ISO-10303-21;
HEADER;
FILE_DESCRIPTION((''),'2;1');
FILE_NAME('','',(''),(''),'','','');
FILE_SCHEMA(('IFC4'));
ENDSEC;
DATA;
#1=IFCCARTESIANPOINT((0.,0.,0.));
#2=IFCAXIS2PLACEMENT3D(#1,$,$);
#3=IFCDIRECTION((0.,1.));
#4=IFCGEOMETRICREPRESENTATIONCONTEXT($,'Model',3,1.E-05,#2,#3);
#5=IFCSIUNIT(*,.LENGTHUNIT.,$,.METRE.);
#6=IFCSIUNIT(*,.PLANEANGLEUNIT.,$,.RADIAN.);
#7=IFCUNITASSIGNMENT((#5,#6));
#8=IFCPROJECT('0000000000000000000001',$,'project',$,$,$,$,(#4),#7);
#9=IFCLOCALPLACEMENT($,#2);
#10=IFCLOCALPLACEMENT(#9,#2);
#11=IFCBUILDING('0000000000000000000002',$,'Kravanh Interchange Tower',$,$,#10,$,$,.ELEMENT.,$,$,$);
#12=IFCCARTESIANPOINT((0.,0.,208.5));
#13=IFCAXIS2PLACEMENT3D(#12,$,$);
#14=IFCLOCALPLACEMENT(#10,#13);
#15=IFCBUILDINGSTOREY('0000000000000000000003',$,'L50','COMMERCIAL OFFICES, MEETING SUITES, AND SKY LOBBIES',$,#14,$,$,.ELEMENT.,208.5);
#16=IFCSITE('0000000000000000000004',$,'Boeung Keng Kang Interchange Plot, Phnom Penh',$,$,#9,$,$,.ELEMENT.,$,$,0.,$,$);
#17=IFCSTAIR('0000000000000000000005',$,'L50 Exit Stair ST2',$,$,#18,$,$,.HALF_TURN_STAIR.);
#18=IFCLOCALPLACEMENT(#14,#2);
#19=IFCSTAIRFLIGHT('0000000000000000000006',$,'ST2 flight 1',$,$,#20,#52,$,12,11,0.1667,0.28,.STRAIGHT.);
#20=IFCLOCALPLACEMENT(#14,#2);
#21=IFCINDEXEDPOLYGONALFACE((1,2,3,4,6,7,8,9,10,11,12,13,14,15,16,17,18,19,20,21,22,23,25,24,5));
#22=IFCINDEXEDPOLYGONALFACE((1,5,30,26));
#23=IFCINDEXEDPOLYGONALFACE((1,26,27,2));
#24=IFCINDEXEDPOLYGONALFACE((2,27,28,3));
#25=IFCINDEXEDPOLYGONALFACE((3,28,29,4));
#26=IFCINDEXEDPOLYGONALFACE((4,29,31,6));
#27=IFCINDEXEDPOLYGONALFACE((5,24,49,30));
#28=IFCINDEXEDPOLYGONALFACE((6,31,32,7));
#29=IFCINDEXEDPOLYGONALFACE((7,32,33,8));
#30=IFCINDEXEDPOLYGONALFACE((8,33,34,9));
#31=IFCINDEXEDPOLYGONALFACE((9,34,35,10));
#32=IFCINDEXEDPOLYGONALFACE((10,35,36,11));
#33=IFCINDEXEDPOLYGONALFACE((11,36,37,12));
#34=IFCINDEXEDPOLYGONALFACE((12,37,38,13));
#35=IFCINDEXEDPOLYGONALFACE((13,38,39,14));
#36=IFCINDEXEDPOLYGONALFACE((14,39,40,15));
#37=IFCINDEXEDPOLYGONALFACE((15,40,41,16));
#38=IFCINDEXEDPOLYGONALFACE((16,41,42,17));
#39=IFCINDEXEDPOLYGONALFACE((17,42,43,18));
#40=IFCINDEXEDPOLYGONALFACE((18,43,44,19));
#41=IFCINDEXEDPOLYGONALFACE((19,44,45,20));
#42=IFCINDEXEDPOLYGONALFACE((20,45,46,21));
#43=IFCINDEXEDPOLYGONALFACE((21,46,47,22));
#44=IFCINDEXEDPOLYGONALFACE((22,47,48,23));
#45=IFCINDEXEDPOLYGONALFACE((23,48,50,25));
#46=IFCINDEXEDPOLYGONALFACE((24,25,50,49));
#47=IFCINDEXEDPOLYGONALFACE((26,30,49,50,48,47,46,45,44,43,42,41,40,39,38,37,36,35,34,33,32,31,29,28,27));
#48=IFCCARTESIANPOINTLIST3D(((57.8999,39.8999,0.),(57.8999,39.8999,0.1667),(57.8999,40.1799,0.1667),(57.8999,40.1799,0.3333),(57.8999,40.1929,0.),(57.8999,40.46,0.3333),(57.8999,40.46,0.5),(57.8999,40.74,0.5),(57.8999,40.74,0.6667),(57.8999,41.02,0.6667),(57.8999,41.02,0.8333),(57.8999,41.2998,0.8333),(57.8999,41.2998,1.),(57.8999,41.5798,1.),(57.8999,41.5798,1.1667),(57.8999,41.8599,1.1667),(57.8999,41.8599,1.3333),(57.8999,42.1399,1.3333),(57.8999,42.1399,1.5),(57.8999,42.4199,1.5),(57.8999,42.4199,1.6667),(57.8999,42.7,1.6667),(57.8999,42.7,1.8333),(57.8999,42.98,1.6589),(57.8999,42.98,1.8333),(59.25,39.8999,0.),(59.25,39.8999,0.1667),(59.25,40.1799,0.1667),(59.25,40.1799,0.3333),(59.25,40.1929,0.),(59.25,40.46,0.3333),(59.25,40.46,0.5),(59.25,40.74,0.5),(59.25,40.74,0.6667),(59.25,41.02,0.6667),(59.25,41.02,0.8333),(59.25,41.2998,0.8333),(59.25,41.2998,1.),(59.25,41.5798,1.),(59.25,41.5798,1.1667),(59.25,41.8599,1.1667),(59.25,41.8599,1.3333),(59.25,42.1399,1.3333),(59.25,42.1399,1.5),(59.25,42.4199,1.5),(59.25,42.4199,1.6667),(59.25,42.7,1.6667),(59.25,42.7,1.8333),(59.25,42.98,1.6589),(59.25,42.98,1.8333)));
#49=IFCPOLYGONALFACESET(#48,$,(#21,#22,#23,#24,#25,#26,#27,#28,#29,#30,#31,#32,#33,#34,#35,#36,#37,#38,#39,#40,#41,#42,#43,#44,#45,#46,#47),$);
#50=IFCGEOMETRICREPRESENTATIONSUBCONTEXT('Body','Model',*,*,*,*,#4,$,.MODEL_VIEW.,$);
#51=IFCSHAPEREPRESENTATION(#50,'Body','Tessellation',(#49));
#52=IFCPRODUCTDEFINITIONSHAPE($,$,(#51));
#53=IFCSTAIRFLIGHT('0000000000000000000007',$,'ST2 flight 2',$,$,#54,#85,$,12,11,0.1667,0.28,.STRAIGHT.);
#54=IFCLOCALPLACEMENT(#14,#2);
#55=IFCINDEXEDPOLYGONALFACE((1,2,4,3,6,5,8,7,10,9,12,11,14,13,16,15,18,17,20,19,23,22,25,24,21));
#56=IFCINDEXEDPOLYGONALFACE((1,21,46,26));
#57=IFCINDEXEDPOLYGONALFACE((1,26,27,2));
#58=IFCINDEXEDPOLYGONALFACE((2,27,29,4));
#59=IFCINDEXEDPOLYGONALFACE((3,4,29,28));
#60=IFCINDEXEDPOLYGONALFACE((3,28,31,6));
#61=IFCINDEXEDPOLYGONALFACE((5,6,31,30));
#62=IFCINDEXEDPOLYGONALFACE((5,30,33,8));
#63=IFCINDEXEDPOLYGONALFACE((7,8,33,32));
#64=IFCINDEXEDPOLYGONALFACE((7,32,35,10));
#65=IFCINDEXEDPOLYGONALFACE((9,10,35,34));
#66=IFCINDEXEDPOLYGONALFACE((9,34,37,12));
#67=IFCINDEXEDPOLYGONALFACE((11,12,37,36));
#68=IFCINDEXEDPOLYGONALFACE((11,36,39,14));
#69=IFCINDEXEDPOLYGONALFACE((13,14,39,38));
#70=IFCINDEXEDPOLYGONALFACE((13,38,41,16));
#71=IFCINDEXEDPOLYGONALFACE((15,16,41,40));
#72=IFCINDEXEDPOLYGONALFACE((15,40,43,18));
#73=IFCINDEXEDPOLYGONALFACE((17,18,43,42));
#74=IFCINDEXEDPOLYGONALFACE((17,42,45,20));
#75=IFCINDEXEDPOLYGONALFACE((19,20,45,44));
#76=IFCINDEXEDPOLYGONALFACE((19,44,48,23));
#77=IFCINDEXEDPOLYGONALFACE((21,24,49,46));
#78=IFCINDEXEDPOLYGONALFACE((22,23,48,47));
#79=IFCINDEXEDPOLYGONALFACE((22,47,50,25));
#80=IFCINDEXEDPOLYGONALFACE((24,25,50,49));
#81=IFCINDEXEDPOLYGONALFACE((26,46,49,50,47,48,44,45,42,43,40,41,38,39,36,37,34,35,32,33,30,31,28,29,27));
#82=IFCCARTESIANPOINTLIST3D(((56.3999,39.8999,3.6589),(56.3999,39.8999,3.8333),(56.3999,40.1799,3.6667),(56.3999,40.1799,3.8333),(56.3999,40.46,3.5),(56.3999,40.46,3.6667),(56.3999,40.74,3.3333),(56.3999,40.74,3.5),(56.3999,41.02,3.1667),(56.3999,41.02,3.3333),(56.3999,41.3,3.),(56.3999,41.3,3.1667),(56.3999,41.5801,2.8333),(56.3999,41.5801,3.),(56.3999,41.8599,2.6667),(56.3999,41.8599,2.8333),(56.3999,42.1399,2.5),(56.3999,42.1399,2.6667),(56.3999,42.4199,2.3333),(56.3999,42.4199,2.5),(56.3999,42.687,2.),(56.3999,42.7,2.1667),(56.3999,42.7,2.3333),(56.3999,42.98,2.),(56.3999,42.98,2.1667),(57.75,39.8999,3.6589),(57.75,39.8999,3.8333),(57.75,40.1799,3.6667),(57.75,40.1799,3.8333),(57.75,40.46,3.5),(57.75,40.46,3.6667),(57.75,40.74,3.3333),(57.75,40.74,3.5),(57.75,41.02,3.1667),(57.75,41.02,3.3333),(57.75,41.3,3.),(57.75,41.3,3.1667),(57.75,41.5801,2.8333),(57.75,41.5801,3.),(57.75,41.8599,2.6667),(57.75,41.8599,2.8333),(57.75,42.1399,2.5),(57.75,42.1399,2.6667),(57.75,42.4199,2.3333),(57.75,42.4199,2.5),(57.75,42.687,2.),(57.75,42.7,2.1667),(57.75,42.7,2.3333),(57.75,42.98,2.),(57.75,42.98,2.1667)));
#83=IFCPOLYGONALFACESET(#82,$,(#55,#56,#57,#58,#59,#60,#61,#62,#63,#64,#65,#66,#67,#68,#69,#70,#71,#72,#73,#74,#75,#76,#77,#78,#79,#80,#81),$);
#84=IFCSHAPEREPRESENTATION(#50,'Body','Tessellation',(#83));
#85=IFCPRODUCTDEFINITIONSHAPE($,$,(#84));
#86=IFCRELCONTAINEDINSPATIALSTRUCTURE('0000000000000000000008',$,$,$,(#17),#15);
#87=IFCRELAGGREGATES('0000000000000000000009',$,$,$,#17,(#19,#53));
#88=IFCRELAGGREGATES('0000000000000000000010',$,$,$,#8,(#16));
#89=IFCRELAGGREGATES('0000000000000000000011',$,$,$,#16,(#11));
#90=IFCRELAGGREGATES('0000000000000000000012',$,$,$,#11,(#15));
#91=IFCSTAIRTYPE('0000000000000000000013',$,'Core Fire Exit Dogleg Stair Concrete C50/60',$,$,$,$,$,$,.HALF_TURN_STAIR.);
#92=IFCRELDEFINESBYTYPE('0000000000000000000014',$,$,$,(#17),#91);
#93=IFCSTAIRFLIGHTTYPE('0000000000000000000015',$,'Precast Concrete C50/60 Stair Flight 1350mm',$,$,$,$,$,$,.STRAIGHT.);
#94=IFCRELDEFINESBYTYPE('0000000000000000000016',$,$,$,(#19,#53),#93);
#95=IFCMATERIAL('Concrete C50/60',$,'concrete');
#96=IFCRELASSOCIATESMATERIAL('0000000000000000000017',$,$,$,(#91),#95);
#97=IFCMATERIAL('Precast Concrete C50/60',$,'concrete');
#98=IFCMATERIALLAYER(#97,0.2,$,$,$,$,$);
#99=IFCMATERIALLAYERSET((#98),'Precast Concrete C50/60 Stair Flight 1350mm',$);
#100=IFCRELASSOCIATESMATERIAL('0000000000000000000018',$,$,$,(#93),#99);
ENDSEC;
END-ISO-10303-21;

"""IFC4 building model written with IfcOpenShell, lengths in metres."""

from ifc_helpers import new_model, si_unit, direction, frame, origin, place, context, subcontext, project, spatial, polyline, outline, extrude, material, layer, layer_set, type_object, element, aggregate, save


model = new_model("IFC4")

# Units and contexts
model_context = context("Model", 3, precision=1e-05, world=origin(), true_north=direction((0.0, 1.0)))
body_context = subcontext(model_context, "Body", "Model", "MODEL_VIEW")
ifc_project = project(units=[si_unit("LENGTHUNIT", "METRE"), si_unit("PLANEANGLEUNIT", "RADIAN")], contexts=[model_context])

# Site, building, storey
site_placement = place(None, origin())
site = spatial("IfcSite", under=ifc_project, at=site_placement, Name="Boeung Keng Kang Interchange Plot, Phnom Penh", CompositionType="ELEMENT", RefElevation=0.0)
building_placement = place(site_placement, origin())
building = spatial("IfcBuilding", under=site, at=building_placement, Name="Kravanh Interchange Tower", CompositionType="ELEMENT")
storey_placement = place(building_placement, frame((0.0, 0.0, 208.5)))
storey = spatial("IfcBuildingStorey", under=building, at=storey_placement, Name="L50", Description="COMMERCIAL OFFICES, MEETING SUITES, AND SKY LOBBIES", CompositionType="ELEMENT", Elevation=208.5)

# Stair, stair flights
ifc_material_1 = material(Name="Concrete C50/60", Category="concrete")
stair_type = type_object("IfcStairType", Name="Core Fire Exit Dogleg Stair Concrete C50/60", PredefinedType="HALF_TURN_STAIR", material=ifc_material_1)
ifc_material_2 = material(Name="Precast Concrete C50/60", Category="concrete")
ifc_layer_1 = layer(ifc_material_2, 0.2)
ifc_layer_set_1 = layer_set([ifc_layer_1], Name="Precast Concrete C50/60 Stair Flight 1350mm")
stair_flight_type = type_object("IfcStairFlightType", Name="Precast Concrete C50/60 Stair Flight 1350mm", PredefinedType="STRAIGHT", material=ifc_layer_set_1)
stair_1_placement = place(storey_placement, origin())
stair_1 = element("IfcStair", 1, at=stair_1_placement, inside=storey, type_object=stair_type, Name="L50 Exit Stair ST2", PredefinedType="HALF_TURN_STAIR")
stair_flight_1_placement = place(storey_placement, frame((58.575, 39.8999, 0.0), z_axis=(0.0, 0.0, 1.0), x_axis=(0.0, 1.0, 0.0)))
stair_flight_1 = element("IfcStairFlight", 2, at=stair_flight_1_placement, type_object=stair_flight_type, Name="ST2 flight 1", NumberOfRisers=12, NumberOfTreads=11, PredefinedType="STRAIGHT", RiserHeight=0.1667, TreadLength=0.28, context=body_context, shape_type="SweptSolid", body=[
    extrude(outline(polyline([(0.0, 0.0), (0.0, 0.1667), (0.28, 0.1667), (0.28, 0.3333), (0.5601, 0.3333), (0.5601, 0.5), (0.8401, 0.5), (0.8401, 0.6667), (1.1201, 0.6667), (1.1201, 0.8333), (1.3999, 0.8333), (1.3999, 1.0), (1.6799, 1.0), (1.6799, 1.1667), (1.96, 1.1667), (1.96, 1.3333), (2.24, 1.3333), (2.24, 1.5), (2.52, 1.5), (2.52, 1.6667), (2.8, 1.6667), (2.8, 1.8333), (3.0801, 1.8333), (3.0801, 2.0), (3.0801, 1.6589), (0.293, 0.0), (0.0, 0.0)])), frame((0.0, 0.675, 0.0), z_axis=(0.0, -1.0, 0.0), x_axis=(1.0, 0.0, 0.0)), (0.0, 0.0, 1.0), 1.3501),
])
stair_flight_2_placement = place(storey_placement, frame((57.075, 42.98, 2.0), z_axis=(0.0, 0.0, 1.0), x_axis=(0.0, -1.0, 0.0)))
stair_flight_2 = element("IfcStairFlight", 3, at=stair_flight_2_placement, type_object=stair_flight_type, Name="ST2 flight 2", NumberOfRisers=12, NumberOfTreads=11, PredefinedType="STRAIGHT", RiserHeight=0.1667, TreadLength=0.28, context=body_context, shape_type="SweptSolid", body=[
    extrude(outline(polyline([(0.0, 0.0), (0.0, 0.1667), (0.28, 0.1667), (0.28, 0.3333), (0.5601, 0.3333), (0.5601, 0.5), (0.8401, 0.5), (0.8401, 0.6667), (1.1201, 0.6667), (1.1201, 0.8333), (1.3999, 0.8333), (1.3999, 1.0), (1.6799, 1.0), (1.6799, 1.1667), (1.96, 1.1667), (1.96, 1.3333), (2.24, 1.3333), (2.24, 1.5), (2.52, 1.5), (2.52, 1.6667), (2.8, 1.6667), (2.8, 1.8333), (3.0801, 1.8333), (3.0801, 2.0), (3.0801, 1.6589), (0.293, 0.0), (0.0, 0.0)])), frame((0.0, 0.675, 0.0), z_axis=(0.0, -1.0, 0.0), x_axis=(1.0, 0.0, 0.0)), (0.0, 0.0, 1.0), 1.3501),
])
aggregate(stair_1, [stair_flight_1, stair_flight_2])

save(model, "model.ifc")
